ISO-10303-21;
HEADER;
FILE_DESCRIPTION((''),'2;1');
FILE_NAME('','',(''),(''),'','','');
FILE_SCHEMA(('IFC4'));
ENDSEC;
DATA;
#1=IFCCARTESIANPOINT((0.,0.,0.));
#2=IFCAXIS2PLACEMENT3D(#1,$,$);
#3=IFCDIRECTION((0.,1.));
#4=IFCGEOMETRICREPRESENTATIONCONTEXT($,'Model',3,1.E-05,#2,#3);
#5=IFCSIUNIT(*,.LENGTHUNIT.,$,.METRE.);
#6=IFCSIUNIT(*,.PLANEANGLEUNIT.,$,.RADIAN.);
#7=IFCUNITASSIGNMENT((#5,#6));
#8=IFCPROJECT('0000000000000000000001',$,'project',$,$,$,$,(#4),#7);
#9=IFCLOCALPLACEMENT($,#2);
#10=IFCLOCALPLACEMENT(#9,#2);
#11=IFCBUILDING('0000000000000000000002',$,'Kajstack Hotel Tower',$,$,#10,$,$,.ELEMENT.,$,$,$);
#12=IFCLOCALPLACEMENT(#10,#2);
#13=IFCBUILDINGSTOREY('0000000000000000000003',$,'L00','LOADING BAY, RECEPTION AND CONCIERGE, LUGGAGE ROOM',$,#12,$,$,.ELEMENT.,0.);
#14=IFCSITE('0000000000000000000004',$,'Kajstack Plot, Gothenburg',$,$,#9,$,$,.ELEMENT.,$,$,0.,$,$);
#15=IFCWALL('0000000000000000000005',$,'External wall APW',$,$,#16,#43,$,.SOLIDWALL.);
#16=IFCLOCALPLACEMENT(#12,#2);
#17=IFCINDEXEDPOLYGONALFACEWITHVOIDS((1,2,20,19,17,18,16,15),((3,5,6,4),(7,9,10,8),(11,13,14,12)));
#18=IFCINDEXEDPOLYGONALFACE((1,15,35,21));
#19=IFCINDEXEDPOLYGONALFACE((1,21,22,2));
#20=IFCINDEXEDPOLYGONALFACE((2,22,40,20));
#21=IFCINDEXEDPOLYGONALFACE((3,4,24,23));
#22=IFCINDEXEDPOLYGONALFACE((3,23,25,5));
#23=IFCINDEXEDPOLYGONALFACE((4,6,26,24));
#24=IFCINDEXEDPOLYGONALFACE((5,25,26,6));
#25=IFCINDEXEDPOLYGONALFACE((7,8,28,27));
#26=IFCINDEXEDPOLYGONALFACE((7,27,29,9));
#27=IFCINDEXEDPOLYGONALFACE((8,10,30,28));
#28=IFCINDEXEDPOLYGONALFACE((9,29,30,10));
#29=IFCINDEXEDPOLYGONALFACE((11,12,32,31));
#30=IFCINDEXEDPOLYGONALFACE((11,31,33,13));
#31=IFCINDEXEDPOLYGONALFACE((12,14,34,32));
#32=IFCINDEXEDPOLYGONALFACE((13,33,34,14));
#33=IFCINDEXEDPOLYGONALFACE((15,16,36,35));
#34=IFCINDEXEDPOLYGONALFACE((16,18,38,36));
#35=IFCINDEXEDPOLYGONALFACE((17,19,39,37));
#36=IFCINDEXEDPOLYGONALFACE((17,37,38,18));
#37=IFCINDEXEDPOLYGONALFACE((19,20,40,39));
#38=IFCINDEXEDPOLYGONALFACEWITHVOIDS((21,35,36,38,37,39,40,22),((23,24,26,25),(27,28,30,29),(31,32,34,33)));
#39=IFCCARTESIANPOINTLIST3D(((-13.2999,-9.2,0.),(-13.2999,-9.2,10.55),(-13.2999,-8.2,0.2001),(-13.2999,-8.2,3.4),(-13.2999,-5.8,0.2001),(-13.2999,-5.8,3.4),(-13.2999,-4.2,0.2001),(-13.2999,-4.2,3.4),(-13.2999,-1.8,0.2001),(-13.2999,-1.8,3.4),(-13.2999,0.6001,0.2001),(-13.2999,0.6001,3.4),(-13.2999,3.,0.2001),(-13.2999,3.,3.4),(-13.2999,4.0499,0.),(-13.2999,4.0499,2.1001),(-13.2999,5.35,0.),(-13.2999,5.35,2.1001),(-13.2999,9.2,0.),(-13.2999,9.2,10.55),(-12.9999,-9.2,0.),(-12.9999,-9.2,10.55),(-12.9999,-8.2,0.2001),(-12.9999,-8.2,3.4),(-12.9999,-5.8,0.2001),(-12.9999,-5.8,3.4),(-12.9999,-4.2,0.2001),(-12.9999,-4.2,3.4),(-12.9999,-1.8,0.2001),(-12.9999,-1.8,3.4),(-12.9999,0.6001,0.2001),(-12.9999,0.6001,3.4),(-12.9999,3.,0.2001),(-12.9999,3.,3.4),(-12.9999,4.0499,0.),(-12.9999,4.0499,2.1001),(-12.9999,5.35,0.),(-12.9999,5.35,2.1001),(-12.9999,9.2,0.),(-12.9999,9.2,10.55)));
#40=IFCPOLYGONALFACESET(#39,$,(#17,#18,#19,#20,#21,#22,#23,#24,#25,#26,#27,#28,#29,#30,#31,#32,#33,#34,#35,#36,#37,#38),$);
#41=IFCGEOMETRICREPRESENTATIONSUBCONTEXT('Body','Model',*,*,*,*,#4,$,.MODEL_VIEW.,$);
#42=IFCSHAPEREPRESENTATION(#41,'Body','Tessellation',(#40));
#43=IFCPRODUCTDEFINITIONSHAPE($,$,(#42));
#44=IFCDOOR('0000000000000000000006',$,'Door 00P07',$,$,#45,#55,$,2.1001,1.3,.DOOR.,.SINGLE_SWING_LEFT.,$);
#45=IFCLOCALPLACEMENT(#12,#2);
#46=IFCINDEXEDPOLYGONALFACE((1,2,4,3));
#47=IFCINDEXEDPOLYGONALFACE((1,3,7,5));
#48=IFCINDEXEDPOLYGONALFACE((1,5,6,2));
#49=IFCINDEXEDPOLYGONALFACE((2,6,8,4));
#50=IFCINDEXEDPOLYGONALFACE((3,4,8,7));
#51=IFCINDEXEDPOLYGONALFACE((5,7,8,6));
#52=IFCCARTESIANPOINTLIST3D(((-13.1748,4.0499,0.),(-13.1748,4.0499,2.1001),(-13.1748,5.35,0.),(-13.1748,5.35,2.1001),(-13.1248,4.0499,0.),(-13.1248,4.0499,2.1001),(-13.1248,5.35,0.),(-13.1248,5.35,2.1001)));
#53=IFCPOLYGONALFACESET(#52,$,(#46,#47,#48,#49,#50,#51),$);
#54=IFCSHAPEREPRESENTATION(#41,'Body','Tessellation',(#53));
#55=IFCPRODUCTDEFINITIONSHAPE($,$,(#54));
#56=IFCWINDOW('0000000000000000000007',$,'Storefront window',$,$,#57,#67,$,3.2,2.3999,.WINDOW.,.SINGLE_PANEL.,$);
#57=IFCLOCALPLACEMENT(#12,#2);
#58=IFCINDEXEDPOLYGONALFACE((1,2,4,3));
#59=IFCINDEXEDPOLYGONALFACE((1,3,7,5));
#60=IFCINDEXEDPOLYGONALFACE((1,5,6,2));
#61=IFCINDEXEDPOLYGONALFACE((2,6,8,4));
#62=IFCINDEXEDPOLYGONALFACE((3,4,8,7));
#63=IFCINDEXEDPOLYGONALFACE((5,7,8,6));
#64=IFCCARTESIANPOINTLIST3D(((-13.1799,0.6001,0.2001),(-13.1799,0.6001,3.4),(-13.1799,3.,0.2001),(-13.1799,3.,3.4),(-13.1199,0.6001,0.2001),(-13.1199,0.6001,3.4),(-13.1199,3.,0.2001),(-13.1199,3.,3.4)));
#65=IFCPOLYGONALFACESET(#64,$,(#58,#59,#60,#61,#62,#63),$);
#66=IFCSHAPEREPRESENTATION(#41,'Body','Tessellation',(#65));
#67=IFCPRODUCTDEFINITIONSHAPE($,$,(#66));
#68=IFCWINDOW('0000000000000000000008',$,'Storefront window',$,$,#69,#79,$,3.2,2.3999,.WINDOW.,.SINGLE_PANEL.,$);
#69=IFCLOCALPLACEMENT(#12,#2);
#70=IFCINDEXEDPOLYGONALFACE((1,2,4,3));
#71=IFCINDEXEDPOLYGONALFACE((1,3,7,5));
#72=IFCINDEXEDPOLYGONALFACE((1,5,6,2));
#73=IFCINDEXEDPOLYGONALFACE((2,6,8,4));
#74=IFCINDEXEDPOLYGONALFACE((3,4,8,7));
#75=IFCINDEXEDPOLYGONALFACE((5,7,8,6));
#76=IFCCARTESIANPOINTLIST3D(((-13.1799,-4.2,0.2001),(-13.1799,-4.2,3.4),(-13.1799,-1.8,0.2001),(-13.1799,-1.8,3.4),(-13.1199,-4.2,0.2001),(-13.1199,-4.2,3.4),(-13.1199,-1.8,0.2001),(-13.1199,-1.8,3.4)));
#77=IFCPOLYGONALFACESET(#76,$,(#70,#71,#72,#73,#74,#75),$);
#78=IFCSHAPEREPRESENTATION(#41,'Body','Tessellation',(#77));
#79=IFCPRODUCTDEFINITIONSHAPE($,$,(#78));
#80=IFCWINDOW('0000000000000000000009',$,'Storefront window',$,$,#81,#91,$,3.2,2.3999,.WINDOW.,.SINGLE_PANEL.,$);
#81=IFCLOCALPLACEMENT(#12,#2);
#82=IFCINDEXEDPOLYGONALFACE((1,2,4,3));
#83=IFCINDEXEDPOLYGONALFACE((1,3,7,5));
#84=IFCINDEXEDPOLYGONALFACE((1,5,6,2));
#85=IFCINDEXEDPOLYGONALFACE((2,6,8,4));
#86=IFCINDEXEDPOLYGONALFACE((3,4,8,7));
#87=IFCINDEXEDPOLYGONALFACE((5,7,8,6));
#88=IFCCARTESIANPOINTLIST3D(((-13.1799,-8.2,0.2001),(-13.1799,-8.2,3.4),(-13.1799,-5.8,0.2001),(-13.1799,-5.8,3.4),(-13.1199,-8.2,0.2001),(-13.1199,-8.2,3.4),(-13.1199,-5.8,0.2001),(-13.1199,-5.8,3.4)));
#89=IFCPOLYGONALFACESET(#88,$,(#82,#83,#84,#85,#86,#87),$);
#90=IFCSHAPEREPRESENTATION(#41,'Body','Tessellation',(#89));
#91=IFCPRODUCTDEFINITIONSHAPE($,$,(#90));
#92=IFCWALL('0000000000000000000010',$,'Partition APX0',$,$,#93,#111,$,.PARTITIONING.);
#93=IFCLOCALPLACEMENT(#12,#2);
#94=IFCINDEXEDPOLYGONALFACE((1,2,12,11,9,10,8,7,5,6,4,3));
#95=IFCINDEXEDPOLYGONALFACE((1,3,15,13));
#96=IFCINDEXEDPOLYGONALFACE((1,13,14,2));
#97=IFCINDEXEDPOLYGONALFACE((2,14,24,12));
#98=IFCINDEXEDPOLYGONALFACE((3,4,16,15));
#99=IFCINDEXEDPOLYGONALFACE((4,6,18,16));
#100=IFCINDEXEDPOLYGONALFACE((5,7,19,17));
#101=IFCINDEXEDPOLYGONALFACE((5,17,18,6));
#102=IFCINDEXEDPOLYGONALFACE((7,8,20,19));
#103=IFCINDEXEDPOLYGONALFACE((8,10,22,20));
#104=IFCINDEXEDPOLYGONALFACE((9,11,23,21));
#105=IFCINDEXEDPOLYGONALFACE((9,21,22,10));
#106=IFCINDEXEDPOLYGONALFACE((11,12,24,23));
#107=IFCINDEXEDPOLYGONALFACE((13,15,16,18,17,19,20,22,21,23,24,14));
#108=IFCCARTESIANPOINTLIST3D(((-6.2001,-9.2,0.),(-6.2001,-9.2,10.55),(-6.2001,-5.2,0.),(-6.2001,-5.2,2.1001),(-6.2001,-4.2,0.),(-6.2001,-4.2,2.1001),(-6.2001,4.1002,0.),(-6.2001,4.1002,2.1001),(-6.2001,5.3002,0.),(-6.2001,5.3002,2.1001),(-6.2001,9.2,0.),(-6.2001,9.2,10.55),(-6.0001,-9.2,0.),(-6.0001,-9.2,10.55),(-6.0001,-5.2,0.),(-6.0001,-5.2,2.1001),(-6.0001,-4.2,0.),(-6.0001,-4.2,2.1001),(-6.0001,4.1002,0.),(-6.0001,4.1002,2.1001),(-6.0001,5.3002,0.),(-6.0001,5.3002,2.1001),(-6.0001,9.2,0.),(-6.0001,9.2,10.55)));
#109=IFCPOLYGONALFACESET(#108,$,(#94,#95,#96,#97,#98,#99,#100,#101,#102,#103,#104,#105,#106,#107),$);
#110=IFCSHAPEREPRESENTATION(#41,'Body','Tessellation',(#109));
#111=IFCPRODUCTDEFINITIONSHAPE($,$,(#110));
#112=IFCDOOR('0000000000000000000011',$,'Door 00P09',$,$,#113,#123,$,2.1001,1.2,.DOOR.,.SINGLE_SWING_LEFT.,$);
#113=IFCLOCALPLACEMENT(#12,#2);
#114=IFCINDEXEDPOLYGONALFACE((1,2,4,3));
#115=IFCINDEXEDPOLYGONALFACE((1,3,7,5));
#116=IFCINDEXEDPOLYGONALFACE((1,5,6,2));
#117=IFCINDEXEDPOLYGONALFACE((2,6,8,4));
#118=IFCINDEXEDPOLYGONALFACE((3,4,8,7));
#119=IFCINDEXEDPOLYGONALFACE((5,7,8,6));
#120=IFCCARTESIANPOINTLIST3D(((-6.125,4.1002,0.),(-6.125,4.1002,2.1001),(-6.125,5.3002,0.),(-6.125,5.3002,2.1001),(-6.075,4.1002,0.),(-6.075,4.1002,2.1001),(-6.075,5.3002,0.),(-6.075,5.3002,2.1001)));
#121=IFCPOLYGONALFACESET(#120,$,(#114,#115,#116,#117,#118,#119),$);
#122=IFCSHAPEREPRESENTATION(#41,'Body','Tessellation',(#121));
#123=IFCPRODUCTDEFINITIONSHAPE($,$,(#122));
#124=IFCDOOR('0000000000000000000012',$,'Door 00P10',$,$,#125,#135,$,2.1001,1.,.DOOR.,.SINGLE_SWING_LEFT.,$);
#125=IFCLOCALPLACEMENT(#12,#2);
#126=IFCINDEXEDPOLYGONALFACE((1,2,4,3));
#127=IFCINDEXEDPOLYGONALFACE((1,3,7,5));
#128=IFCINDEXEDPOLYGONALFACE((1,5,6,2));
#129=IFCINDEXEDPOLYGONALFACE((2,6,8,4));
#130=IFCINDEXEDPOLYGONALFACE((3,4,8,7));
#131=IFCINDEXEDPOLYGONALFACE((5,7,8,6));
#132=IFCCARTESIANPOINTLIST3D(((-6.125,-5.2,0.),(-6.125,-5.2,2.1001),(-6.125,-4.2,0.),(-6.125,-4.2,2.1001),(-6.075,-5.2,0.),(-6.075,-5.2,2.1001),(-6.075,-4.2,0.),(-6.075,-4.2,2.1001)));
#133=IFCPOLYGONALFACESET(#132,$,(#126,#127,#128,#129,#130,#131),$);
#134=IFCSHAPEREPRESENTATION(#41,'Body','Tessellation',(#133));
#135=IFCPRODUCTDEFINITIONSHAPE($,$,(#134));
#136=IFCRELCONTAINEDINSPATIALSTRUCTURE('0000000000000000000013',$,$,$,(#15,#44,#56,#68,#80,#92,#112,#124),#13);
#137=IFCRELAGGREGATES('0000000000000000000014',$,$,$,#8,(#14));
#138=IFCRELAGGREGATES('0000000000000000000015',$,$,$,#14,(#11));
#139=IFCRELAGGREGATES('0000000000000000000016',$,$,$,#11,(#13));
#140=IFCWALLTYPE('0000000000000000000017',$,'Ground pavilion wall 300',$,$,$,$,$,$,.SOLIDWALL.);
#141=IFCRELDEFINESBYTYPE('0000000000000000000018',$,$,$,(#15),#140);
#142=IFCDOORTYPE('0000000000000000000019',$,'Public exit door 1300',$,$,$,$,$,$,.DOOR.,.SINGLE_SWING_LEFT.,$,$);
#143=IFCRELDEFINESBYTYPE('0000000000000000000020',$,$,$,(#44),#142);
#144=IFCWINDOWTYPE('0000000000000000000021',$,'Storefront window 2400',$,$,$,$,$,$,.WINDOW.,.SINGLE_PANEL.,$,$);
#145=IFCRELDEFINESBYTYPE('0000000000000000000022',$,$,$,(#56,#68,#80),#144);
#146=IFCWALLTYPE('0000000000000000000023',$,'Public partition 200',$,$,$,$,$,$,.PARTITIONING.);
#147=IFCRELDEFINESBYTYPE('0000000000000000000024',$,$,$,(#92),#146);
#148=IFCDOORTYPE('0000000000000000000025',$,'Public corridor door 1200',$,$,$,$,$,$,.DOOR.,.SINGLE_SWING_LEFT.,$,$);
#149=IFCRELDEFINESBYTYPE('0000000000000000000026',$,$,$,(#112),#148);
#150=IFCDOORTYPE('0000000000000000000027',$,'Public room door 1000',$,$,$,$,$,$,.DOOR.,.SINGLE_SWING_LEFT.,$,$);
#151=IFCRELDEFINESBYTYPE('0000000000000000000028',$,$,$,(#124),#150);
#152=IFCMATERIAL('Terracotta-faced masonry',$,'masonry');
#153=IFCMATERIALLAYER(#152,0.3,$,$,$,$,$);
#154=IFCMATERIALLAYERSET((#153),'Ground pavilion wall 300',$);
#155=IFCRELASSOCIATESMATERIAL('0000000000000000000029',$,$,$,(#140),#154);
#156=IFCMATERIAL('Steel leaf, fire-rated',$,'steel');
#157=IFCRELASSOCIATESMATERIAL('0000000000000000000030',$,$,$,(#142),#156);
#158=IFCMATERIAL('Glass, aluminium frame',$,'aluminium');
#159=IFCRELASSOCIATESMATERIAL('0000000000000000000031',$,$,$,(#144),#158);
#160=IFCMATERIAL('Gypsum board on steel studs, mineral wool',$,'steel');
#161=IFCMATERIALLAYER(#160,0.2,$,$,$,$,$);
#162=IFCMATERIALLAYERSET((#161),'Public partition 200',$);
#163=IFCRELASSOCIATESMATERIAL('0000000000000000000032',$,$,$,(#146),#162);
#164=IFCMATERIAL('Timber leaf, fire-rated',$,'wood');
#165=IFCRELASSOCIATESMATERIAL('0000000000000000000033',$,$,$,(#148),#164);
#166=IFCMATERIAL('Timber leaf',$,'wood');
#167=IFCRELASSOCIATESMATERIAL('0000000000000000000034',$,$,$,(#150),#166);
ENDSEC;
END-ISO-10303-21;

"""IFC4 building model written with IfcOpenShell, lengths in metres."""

from ifc_helpers import new_model, si_unit, direction, frame, frame_2d, origin, place, context, subcontext, project, spatial, rectangle, extrude, material, layer, layer_set, type_object, element, fill, save


model = new_model("IFC4")

# Units and contexts
model_context = context("Model", 3, precision=1e-05, world=origin(), true_north=direction((0.0, 1.0)))
body_context = subcontext(model_context, "Body", "Model", "MODEL_VIEW")
ifc_project = project(units=[si_unit("LENGTHUNIT", "METRE"), si_unit("PLANEANGLEUNIT", "RADIAN")], contexts=[model_context])

# Site, building, storey
site_placement = place(None, origin())
site = spatial("IfcSite", under=ifc_project, at=site_placement, Name="Kajstack Plot, Gothenburg", CompositionType="ELEMENT", RefElevation=0.0)
building_placement = place(site_placement, origin())
building = spatial("IfcBuilding", under=site, at=building_placement, Name="Kajstack Hotel Tower", CompositionType="ELEMENT")
storey_placement = place(building_placement, origin())
storey = spatial("IfcBuildingStorey", under=building, at=storey_placement, Name="L00", Description="LOADING BAY, RECEPTION AND CONCIERGE, LUGGAGE ROOM", CompositionType="ELEMENT", Elevation=0.0)

# Wall, openings, door, windows
ifc_material_1 = material(Name="Terracotta-faced masonry", Category="masonry")
ifc_layer_1 = layer(ifc_material_1, 0.3)
ifc_layer_set_1 = layer_set([ifc_layer_1], Name="Ground pavilion wall 300")
wall_type_1 = type_object("IfcWallType", Name="Ground pavilion wall 300", PredefinedType="SOLIDWALL", material=ifc_layer_set_1)
wall_1_placement = place(storey_placement, frame((-13.1499, -9.2, 0.0), z_axis=(0.0, 0.0, 1.0), x_axis=(0.0, 1.0, 0.0)))
wall_1 = element("IfcWall", 1, at=wall_1_placement, inside=storey, type_object=wall_type_1, Name="External wall APW", PredefinedType="SOLIDWALL", context=body_context, shape_type="SweptSolid", body=[
    extrude(rectangle(XDim=18.3999, YDim=0.3, at=frame_2d((9.2, 0.0))), origin(), (0.0, 0.0, 1.0), 10.55),
])
opening_1_placement = place(wall_1_placement, frame((13.25, 0.0, 0.0)))
opening_1 = element("IfcOpeningElement", 2, at=opening_1_placement, cuts=wall_1, PredefinedType="OPENING", context=body_context, shape_type="SweptSolid", body=[
    extrude(rectangle(XDim=1.3, YDim=2.1001, at=frame_2d((0.6499, 1.05))), frame((0.0, 0.1599, 0.0), z_axis=(0.0, -1.0, 0.0), x_axis=(1.0, 0.0, 0.0)), (0.0, 0.0, 1.0), 0.3201),
])
opening_2_placement = place(wall_1_placement, frame((9.8, 0.0, 0.2)))
opening_2 = element("IfcOpeningElement", 3, at=opening_2_placement, cuts=wall_1, PredefinedType="OPENING", context=body_context, shape_type="SweptSolid", body=[
    extrude(rectangle(XDim=2.3999, YDim=3.2, at=frame_2d((1.2, 1.6001))), frame((0.0, 0.1599, 0.0), z_axis=(0.0, -1.0, 0.0), x_axis=(1.0, 0.0, 0.0)), (0.0, 0.0, 1.0), 0.3201),
])
opening_3_placement = place(wall_1_placement, frame((5.0, 0.0, 0.2)))
opening_3 = element("IfcOpeningElement", 4, at=opening_3_placement, cuts=wall_1, PredefinedType="OPENING", context=body_context, shape_type="SweptSolid", body=[
    extrude(rectangle(XDim=2.3999, YDim=3.2, at=frame_2d((1.2, 1.6001))), frame((0.0, 0.1599, 0.0), z_axis=(0.0, -1.0, 0.0), x_axis=(1.0, 0.0, 0.0)), (0.0, 0.0, 1.0), 0.3201),
])
opening_4_placement = place(wall_1_placement, frame((1.0, 0.0, 0.2)))
opening_4 = element("IfcOpeningElement", 5, at=opening_4_placement, cuts=wall_1, PredefinedType="OPENING", context=body_context, shape_type="SweptSolid", body=[
    extrude(rectangle(XDim=2.3999, YDim=3.2, at=frame_2d((1.2, 1.6001))), frame((0.0, 0.1599, 0.0), z_axis=(0.0, -1.0, 0.0), x_axis=(1.0, 0.0, 0.0)), (0.0, 0.0, 1.0), 0.3201),
])
ifc_material_2 = material(Name="Steel leaf, fire-rated", Category="steel")
door_type_1 = type_object("IfcDoorType", Name="Public exit door 1300", OperationType="SINGLE_SWING_LEFT", PredefinedType="DOOR", material=ifc_material_2)
door_1_placement = place(opening_1_placement, origin())
door_1 = element("IfcDoor", 6, at=door_1_placement, inside=storey, type_object=door_type_1, Name="Door 00P07", OperationType="SINGLE_SWING_LEFT", OverallHeight=2.1001, OverallWidth=1.3, PredefinedType="DOOR", context=body_context, shape_type="SweptSolid", body=[
    extrude(rectangle(XDim=1.3, YDim=2.1001, at=frame_2d((0.6499, 1.05))), frame((0.0, 0.0249, 0.0), z_axis=(0.0, -1.0, 0.0), x_axis=(1.0, 0.0, 0.0)), (0.0, 0.0, 1.0), 0.05),
])
fill(opening_1, door_1)
ifc_material_3 = material(Name="Glass, aluminium frame", Category="aluminium")
window_type = type_object("IfcWindowType", Name="Storefront window 2400", PartitioningType="SINGLE_PANEL", PredefinedType="WINDOW", material=ifc_material_3)
window_1_placement = place(opening_2_placement, origin())
window_1 = element("IfcWindow", 7, at=window_1_placement, inside=storey, type_object=window_type, Name="Storefront window", OverallHeight=3.2, OverallWidth=2.3999, PartitioningType="SINGLE_PANEL", PredefinedType="WINDOW", context=body_context, shape_type="SweptSolid", body=[
    extrude(rectangle(XDim=2.3999, YDim=3.2, at=frame_2d((1.2, 1.6001))), frame((0.0, 0.03, 0.0), z_axis=(0.0, -1.0, 0.0), x_axis=(1.0, 0.0, 0.0)), (0.0, 0.0, 1.0), 0.0601),
])
fill(opening_2, window_1)
window_2_placement = place(opening_3_placement, origin())
window_2 = element("IfcWindow", 8, at=window_2_placement, inside=storey, type_object=window_type, Name="Storefront window", OverallHeight=3.2, OverallWidth=2.3999, PartitioningType="SINGLE_PANEL", PredefinedType="WINDOW", context=body_context, shape_type="SweptSolid", body=[
    extrude(rectangle(XDim=2.3999, YDim=3.2, at=frame_2d((1.2, 1.6001))), frame((0.0, 0.03, 0.0), z_axis=(0.0, -1.0, 0.0), x_axis=(1.0, 0.0, 0.0)), (0.0, 0.0, 1.0), 0.0601),
])
fill(opening_3, window_2)
window_3_placement = place(opening_4_placement, origin())
window_3 = element("IfcWindow", 9, at=window_3_placement, inside=storey, type_object=window_type, Name="Storefront window", OverallHeight=3.2, OverallWidth=2.3999, PartitioningType="SINGLE_PANEL", PredefinedType="WINDOW", context=body_context, shape_type="SweptSolid", body=[
    extrude(rectangle(XDim=2.3999, YDim=3.2, at=frame_2d((1.2, 1.6001))), frame((0.0, 0.03, 0.0), z_axis=(0.0, -1.0, 0.0), x_axis=(1.0, 0.0, 0.0)), (0.0, 0.0, 1.0), 0.0601),
])
fill(opening_4, window_3)

# Wall, openings, doors
ifc_material_4 = material(Name="Gypsum board on steel studs, mineral wool", Category="steel")
ifc_layer_2 = layer(ifc_material_4, 0.2)
ifc_layer_set_2 = layer_set([ifc_layer_2], Name="Public partition 200")
wall_type_2 = type_object("IfcWallType", Name="Public partition 200", PredefinedType="PARTITIONING", material=ifc_layer_set_2)
wall_2_placement = place(storey_placement, frame((-6.1001, -9.2, 0.0), z_axis=(0.0, 0.0, 1.0), x_axis=(0.0, 1.0, 0.0)))
wall_2 = element("IfcWall", 10, at=wall_2_placement, inside=storey, type_object=wall_type_2, Name="Partition APX0", PredefinedType="PARTITIONING", context=body_context, shape_type="SweptSolid", body=[
    extrude(rectangle(XDim=18.3999, YDim=0.2, at=frame_2d((9.2, 0.0))), origin(), (0.0, 0.0, 1.0), 10.55),
])
opening_5_placement = place(wall_2_placement, frame((13.3, 0.0, 0.0)))
opening_5 = element("IfcOpeningElement", 11, at=opening_5_placement, cuts=wall_2, PredefinedType="OPENING", context=body_context, shape_type="SweptSolid", body=[
    extrude(rectangle(XDim=1.2, YDim=2.1001, at=frame_2d((0.6001, 1.05))), frame((0.0, 0.1099, 0.0), z_axis=(0.0, -1.0, 0.0), x_axis=(1.0, 0.0, 0.0)), (0.0, 0.0, 1.0), 0.22),
])
opening_6_placement = place(wall_2_placement, frame((4.0, 0.0, 0.0)))
opening_6 = element("IfcOpeningElement", 12, at=opening_6_placement, cuts=wall_2, PredefinedType="OPENING", context=body_context, shape_type="SweptSolid", body=[
    extrude(rectangle(XDim=1.0, YDim=2.1001, at=frame_2d((0.5, 1.05))), frame((0.0, 0.1099, 0.0), z_axis=(0.0, -1.0, 0.0), x_axis=(1.0, 0.0, 0.0)), (0.0, 0.0, 1.0), 0.22),
])
ifc_material_5 = material(Name="Timber leaf, fire-rated", Category="wood")
door_type_2 = type_object("IfcDoorType", Name="Public corridor door 1200", OperationType="SINGLE_SWING_LEFT", PredefinedType="DOOR", material=ifc_material_5)
door_2_placement = place(opening_5_placement, origin())
door_2 = element("IfcDoor", 13, at=door_2_placement, inside=storey, type_object=door_type_2, Name="Door 00P09", OperationType="SINGLE_SWING_LEFT", OverallHeight=2.1001, OverallWidth=1.2, PredefinedType="DOOR", context=body_context, shape_type="SweptSolid", body=[
    extrude(rectangle(XDim=1.2, YDim=2.1001, at=frame_2d((0.6001, 1.05))), frame((0.0, 0.0249, 0.0), z_axis=(0.0, -1.0, 0.0), x_axis=(1.0, 0.0, 0.0)), (0.0, 0.0, 1.0), 0.05),
])
fill(opening_5, door_2)
ifc_material_6 = material(Name="Timber leaf", Category="wood")
door_type_3 = type_object("IfcDoorType", Name="Public room door 1000", OperationType="SINGLE_SWING_LEFT", PredefinedType="DOOR", material=ifc_material_6)
door_3_placement = place(opening_6_placement, origin())
door_3 = element("IfcDoor", 14, at=door_3_placement, inside=storey, type_object=door_type_3, Name="Door 00P10", OperationType="SINGLE_SWING_LEFT", OverallHeight=2.1001, OverallWidth=1.0, PredefinedType="DOOR", context=body_context, shape_type="SweptSolid", body=[
    extrude(rectangle(XDim=1.0, YDim=2.1001, at=frame_2d((0.5, 1.05))), frame((0.0, 0.0249, 0.0), z_axis=(0.0, -1.0, 0.0), x_axis=(1.0, 0.0, 0.0)), (0.0, 0.0, 1.0), 0.05),
])
fill(opening_6, door_3)

save(model, "model.ifc")
